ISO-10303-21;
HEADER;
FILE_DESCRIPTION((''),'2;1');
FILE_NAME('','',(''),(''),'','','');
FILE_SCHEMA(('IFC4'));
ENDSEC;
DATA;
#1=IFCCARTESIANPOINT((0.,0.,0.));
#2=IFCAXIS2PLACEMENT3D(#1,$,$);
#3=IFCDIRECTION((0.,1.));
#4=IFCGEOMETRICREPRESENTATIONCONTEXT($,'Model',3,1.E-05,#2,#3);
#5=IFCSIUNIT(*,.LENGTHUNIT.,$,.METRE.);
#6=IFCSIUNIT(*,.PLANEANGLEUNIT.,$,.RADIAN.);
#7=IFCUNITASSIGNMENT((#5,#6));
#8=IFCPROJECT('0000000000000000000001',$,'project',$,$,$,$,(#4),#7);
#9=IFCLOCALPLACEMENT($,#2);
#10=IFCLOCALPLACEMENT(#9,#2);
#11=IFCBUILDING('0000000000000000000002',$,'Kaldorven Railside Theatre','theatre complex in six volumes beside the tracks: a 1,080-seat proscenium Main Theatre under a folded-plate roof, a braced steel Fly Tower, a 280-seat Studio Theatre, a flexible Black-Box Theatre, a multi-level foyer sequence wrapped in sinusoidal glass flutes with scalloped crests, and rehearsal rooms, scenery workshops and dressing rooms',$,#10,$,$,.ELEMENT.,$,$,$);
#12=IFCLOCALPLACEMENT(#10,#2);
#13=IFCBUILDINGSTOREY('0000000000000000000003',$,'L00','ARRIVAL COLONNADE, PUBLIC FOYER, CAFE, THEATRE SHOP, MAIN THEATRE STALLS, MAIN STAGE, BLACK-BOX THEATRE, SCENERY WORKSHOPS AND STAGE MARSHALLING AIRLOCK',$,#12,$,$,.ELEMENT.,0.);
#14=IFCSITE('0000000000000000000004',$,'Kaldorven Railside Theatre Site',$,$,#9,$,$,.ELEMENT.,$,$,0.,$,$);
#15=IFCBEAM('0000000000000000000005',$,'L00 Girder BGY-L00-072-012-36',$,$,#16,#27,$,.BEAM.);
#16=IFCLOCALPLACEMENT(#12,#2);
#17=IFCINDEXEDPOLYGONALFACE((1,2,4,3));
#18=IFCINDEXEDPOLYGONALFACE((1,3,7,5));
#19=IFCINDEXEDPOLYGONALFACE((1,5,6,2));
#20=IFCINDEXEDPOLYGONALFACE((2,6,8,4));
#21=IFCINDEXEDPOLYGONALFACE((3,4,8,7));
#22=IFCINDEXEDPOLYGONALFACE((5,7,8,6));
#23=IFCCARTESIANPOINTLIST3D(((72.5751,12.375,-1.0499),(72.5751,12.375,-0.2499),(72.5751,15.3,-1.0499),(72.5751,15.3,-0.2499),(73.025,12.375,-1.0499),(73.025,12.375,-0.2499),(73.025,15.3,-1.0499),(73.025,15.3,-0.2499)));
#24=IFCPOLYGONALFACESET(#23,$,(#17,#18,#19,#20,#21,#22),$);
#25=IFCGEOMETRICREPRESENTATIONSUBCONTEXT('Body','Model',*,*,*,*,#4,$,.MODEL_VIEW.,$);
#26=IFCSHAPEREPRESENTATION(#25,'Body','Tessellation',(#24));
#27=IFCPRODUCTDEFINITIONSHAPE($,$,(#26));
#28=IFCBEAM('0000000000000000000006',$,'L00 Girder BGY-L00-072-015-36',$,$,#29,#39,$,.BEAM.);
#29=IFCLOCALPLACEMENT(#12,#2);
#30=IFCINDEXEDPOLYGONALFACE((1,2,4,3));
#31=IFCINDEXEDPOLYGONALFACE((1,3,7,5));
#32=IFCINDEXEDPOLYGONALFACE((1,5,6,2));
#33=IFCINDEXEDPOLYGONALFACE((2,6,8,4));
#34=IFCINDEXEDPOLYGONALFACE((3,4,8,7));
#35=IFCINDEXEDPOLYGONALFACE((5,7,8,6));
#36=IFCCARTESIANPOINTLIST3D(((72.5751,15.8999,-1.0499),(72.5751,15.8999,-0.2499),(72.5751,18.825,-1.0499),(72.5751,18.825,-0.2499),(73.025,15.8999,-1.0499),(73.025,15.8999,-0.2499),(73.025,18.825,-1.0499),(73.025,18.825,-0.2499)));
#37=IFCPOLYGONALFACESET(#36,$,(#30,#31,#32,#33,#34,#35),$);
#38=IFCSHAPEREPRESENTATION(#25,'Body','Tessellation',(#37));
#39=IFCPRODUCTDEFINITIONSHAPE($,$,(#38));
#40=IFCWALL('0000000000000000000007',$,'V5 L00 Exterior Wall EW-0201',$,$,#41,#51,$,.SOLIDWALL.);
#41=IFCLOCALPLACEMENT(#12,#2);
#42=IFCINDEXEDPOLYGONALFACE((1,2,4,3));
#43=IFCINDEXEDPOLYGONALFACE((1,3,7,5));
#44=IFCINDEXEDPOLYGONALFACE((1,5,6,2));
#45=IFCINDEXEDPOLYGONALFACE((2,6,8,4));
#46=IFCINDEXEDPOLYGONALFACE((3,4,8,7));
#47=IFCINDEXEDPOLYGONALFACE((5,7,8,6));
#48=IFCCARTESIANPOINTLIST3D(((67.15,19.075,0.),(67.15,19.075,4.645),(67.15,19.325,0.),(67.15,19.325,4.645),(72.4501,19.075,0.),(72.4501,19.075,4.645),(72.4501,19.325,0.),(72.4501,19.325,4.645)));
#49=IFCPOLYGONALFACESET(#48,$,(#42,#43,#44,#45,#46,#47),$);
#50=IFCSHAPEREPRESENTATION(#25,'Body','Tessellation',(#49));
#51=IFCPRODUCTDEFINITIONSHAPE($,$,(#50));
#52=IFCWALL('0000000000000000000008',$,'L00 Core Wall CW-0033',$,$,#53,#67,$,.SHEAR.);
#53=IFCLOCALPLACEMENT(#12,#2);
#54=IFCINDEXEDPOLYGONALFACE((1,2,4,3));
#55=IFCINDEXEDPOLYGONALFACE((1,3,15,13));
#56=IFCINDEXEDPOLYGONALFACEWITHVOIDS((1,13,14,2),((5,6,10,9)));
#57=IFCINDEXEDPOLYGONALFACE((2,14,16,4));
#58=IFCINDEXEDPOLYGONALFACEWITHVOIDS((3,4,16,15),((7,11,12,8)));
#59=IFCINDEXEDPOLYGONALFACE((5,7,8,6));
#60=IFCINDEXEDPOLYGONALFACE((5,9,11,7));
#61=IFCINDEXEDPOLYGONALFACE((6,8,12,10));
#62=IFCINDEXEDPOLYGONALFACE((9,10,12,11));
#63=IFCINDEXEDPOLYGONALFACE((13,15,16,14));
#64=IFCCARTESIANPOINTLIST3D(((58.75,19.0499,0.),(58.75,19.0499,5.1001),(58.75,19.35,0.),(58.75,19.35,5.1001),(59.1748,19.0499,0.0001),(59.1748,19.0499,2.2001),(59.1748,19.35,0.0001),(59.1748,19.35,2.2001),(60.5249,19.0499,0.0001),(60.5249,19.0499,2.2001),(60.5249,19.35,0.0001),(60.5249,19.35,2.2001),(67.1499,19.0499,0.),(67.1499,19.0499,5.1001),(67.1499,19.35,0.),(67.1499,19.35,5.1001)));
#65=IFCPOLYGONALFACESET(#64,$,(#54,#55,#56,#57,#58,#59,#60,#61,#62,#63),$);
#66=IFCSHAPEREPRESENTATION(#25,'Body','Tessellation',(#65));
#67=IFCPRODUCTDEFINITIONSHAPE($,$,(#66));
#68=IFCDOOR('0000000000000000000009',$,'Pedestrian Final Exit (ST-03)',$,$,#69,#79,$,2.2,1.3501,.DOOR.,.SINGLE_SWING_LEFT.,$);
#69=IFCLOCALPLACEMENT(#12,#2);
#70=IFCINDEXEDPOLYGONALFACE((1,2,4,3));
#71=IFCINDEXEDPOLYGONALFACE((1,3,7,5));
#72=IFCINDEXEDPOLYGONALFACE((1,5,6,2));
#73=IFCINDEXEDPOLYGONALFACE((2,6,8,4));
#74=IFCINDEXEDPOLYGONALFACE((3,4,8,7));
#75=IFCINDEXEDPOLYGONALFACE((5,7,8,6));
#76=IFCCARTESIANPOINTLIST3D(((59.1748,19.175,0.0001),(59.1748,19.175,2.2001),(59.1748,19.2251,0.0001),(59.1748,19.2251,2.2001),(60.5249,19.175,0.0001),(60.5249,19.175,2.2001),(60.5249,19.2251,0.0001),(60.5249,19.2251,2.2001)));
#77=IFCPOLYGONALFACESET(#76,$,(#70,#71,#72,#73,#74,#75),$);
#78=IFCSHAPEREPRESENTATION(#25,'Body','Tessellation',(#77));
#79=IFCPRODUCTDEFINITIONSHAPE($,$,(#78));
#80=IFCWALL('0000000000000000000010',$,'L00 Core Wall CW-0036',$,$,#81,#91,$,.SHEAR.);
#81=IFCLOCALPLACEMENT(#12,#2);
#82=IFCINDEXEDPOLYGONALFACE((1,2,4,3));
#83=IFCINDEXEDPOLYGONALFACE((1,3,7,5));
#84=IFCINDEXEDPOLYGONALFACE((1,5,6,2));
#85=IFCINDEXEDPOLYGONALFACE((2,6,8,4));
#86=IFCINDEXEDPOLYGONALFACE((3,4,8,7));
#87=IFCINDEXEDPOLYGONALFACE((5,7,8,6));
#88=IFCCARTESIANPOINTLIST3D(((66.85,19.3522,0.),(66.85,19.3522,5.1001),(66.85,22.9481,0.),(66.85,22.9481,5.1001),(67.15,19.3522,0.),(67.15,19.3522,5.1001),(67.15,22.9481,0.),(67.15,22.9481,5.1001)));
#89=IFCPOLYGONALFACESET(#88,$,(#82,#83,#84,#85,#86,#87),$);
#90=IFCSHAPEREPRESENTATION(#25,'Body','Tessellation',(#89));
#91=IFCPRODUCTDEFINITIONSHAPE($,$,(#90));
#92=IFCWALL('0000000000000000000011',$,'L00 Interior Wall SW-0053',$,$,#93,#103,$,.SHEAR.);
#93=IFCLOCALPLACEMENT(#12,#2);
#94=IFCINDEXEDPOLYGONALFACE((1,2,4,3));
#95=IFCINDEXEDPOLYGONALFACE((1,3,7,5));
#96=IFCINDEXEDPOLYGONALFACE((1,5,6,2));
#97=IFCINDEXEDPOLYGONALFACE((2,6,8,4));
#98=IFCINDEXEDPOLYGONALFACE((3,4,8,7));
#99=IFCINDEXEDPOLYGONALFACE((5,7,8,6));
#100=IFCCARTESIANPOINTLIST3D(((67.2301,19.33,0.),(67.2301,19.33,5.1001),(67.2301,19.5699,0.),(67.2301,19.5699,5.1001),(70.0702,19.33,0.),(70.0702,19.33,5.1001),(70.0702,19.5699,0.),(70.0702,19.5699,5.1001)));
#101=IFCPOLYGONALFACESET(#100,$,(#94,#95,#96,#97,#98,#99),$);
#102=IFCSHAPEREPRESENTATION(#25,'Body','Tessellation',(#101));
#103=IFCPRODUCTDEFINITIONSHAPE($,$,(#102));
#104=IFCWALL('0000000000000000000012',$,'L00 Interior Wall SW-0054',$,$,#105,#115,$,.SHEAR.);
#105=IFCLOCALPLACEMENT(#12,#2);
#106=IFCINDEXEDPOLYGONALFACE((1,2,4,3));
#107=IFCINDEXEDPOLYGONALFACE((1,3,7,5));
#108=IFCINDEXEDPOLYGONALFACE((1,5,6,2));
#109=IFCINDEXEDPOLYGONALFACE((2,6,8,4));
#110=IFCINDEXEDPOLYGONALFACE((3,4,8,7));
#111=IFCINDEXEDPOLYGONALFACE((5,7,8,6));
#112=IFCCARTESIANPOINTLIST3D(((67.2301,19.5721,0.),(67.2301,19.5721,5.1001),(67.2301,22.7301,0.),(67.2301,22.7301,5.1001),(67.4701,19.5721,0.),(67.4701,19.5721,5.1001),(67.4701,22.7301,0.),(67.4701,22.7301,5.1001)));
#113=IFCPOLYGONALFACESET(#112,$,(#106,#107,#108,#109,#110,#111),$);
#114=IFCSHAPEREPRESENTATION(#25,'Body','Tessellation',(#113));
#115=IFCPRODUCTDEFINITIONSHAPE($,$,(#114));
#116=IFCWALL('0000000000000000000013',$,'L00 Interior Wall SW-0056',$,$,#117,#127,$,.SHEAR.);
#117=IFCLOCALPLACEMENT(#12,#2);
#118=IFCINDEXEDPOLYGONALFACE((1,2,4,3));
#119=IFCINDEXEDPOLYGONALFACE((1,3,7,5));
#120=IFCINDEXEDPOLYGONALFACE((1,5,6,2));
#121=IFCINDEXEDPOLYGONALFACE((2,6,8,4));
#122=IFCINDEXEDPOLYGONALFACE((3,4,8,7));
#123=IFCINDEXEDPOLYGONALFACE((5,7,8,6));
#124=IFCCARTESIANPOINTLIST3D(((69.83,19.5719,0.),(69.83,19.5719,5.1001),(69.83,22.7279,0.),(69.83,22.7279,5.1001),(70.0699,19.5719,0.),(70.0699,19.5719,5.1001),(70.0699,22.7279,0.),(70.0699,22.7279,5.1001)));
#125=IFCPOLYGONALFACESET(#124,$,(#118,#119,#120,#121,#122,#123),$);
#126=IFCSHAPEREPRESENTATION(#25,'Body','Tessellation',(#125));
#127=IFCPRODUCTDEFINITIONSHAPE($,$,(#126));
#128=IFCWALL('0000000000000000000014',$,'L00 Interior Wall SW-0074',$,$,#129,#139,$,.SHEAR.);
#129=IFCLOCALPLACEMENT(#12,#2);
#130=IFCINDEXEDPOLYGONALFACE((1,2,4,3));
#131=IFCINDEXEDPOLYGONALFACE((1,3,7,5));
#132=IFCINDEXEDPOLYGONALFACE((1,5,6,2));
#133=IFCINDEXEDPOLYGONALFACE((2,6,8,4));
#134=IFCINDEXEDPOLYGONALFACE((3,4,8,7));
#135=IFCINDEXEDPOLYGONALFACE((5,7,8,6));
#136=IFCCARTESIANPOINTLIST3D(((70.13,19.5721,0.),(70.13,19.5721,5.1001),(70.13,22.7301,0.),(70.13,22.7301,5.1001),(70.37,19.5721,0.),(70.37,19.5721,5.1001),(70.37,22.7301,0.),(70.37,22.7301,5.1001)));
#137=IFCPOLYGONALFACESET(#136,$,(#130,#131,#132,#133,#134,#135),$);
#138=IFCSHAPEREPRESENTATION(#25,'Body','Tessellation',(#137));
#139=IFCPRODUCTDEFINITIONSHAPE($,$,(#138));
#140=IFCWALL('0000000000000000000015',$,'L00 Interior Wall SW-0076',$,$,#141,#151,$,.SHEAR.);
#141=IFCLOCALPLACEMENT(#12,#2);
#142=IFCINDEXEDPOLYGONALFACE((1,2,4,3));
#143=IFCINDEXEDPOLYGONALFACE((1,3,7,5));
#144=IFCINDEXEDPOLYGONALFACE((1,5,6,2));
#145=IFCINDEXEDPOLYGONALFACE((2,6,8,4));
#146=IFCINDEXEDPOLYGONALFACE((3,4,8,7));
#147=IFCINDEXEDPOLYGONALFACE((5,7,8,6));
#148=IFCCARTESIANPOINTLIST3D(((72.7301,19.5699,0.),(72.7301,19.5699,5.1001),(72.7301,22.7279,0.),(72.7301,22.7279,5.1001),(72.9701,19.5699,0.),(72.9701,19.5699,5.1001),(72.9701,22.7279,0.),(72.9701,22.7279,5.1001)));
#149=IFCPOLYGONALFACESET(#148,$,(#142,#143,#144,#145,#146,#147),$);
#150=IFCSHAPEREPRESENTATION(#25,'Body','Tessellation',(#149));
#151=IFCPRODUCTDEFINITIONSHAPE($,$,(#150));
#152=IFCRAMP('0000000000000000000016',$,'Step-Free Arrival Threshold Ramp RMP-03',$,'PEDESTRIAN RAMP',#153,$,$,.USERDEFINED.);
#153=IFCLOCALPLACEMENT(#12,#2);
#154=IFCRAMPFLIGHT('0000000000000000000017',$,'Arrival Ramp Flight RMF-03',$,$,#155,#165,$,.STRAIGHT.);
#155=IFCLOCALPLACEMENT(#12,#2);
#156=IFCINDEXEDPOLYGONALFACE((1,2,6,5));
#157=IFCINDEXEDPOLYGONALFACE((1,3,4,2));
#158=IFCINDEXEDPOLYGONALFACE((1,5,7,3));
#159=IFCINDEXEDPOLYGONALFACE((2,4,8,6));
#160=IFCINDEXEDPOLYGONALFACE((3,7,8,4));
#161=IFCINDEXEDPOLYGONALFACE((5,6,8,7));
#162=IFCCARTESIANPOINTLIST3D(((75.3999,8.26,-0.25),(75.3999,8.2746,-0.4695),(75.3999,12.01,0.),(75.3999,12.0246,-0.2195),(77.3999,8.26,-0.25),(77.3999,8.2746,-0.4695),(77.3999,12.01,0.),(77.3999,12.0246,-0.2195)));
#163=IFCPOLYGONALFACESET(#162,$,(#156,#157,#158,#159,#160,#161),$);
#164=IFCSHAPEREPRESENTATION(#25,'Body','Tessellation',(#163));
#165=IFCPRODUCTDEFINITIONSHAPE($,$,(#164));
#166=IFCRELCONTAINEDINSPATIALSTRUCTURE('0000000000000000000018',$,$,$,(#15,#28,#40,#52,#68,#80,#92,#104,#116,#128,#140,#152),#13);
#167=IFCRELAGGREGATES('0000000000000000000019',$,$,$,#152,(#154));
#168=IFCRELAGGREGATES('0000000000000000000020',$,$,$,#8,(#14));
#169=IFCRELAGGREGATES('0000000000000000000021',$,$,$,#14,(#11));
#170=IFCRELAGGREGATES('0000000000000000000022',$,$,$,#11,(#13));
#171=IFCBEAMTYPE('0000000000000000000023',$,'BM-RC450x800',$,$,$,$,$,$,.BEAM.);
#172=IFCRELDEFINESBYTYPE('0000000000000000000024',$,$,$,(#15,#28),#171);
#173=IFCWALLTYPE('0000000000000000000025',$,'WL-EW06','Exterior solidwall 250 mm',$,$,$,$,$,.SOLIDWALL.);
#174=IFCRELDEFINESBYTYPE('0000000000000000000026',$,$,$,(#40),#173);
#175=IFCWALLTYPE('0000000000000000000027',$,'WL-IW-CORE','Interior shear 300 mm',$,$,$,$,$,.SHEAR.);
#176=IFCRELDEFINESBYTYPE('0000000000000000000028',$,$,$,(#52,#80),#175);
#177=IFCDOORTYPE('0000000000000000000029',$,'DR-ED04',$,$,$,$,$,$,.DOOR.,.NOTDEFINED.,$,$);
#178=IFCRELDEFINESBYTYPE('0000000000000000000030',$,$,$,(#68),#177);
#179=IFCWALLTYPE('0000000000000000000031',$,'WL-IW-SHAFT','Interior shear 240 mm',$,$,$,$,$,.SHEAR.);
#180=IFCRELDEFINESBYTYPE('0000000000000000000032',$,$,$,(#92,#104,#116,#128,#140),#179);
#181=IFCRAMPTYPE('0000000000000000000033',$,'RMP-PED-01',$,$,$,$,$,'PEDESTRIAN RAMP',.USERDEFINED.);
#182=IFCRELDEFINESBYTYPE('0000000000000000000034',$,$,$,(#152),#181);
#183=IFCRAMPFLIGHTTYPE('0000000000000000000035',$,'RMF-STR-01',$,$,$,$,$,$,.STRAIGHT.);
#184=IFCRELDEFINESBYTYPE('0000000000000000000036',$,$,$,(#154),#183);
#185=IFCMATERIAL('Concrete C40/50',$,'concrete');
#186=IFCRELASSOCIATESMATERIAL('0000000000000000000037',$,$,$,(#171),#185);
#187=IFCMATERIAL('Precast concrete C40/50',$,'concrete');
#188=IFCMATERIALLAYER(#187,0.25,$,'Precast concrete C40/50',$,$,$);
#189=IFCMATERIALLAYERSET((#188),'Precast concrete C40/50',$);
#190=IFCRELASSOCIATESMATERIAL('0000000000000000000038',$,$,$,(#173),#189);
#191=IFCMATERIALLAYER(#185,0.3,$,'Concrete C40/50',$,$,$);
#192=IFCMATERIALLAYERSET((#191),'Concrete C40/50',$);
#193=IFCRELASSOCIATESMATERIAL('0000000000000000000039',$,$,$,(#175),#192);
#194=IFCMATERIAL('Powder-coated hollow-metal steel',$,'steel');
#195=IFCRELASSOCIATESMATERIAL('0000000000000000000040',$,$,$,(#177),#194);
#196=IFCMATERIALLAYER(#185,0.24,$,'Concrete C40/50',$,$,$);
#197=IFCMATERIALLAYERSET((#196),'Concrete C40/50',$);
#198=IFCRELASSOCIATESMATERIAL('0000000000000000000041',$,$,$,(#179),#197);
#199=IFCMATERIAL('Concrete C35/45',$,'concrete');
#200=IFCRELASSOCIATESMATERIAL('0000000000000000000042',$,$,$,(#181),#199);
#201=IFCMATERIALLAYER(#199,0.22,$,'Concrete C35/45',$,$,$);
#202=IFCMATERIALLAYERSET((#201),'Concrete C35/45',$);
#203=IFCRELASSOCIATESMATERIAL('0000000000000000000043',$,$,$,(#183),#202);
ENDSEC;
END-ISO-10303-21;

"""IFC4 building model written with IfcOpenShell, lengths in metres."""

from ifc_helpers import new_model, si_unit, direction, frame, frame_2d, origin, origin_2d, place, context, subcontext, project, spatial, polyline, rectangle, outline, extrude, material, layer, layer_set, material_profile, profile_set, type_object, element, fill, aggregate, save


model = new_model("IFC4")

# Units and contexts
model_context = context("Model", 3, precision=1e-05, world=origin(), true_north=direction((0.0, 1.0)))
body_context = subcontext(model_context, "Body", "Model", "MODEL_VIEW")
ifc_project = project(units=[si_unit("LENGTHUNIT", "METRE"), si_unit("PLANEANGLEUNIT", "RADIAN")], contexts=[model_context])

# Site, building, storey
site_placement = place(None, origin())
site = spatial("IfcSite", under=ifc_project, at=site_placement, Name="Kaldorven Railside Theatre Site", CompositionType="ELEMENT", RefElevation=0.0)
building_placement = place(site_placement, origin())
building = spatial("IfcBuilding", under=site, at=building_placement, Name="Kaldorven Railside Theatre", Description="theatre complex in six volumes beside the tracks: a 1,080-seat proscenium Main Theatre under a folded-plate roof, a braced steel Fly Tower, a 280-seat Studio Theatre, a flexible Black-Box Theatre, a multi-level foyer sequence wrapped in sinusoidal glass flutes with scalloped crests, and rehearsal rooms, scenery workshops and dressing rooms", CompositionType="ELEMENT")
storey_placement = place(building_placement, origin())
storey = spatial("IfcBuildingStorey", under=building, at=storey_placement, Name="L00", Description="ARRIVAL COLONNADE, PUBLIC FOYER, CAFE, THEATRE SHOP, MAIN THEATRE STALLS, MAIN STAGE, BLACK-BOX THEATRE, SCENERY WORKSHOPS AND STAGE MARSHALLING AIRLOCK", CompositionType="ELEMENT", Elevation=0.0)

# Shared definitions
ifc_material_1 = material(Name="Concrete C40/50", Category="concrete")

# Beams
ifc_material_profile_1 = material_profile(ifc_material_1, rectangle(XDim=0.45, YDim=0.8, at=origin_2d()), Name="RC 450x800")
ifc_profile_set_1 = profile_set([ifc_material_profile_1], Name="Concrete C40/50")
beam_type_1 = type_object("IfcBeamType", Name="BM-RC450x800", PredefinedType="BEAM", material=ifc_profile_set_1)
for number, where, z_axis, x_axis, name in (
    (1, (72.8, 12.375, -0.6499), (0.0, 1.0, 0.0), (-1.0, 0.0, 0.0), "L00 Girder BGY-L00-072-012-36"),
    (2, (72.8, 15.8999, -0.6499), (0.0, 1.0, 0.0), (-1.0, 0.0, 0.0), "L00 Girder BGY-L00-072-015-36"),
):
    element("IfcBeam", number, at=place(storey_placement, frame(where, z_axis=z_axis, x_axis=x_axis)), inside=storey, type_object=beam_type_1, Name=name, PredefinedType="BEAM", context=body_context, shape_type="SweptSolid", body=[
        extrude(rectangle(XDim=0.45, YDim=0.8, at=origin_2d()), origin(), (0.0, 0.0, 1.0), 2.925),
    ])

# Wall
ifc_material_2 = material(Name="Precast concrete C40/50", Category="concrete")
ifc_layer_1 = layer(ifc_material_2, 0.25, Name="Precast concrete C40/50")
ifc_layer_set_1 = layer_set([ifc_layer_1], Name="Precast concrete C40/50")
wall_type_1 = type_object("IfcWallType", Name="WL-EW06", Description="Exterior solidwall 250 mm", PredefinedType="SOLIDWALL", material=ifc_layer_set_1)
wall_1_placement = place(storey_placement, frame((72.45, 19.2, 0.0), z_axis=(0.0, 0.0, 1.0), x_axis=(-1.0, 0.0, 0.0)))
element("IfcWall", 3, at=wall_1_placement, inside=storey, type_object=wall_type_1, Name="V5 L00 Exterior Wall EW-0201", PredefinedType="SOLIDWALL", context=body_context, shape_type="SweptSolid", body=[
    extrude(rectangle(XDim=5.3, YDim=0.25, at=frame_2d((2.6499, 0.0))), origin(), (0.0, 0.0, 1.0), 4.645),
])

# Wall, opening, door
ifc_layer_2 = layer(ifc_material_1, 0.3, Name="Concrete C40/50")
ifc_layer_set_2 = layer_set([ifc_layer_2], Name="Concrete C40/50")
wall_type_2 = type_object("IfcWallType", Name="WL-IW-CORE", Description="Interior shear 300 mm", PredefinedType="SHEAR", material=ifc_layer_set_2)
wall_2_placement = place(storey_placement, frame((67.1499, 19.2, 0.0), z_axis=(0.0, 0.0, 1.0), x_axis=(-1.0, 0.0, 0.0)))
wall_2 = element("IfcWall", 4, at=wall_2_placement, inside=storey, type_object=wall_type_2, Name="L00 Core Wall CW-0033", PredefinedType="SHEAR", context=body_context, shape_type="SweptSolid", body=[
    extrude(rectangle(XDim=8.3999, YDim=0.3, at=frame_2d((4.2, 0.0))), origin(), (0.0, 0.0, 1.0), 5.1001),
])
opening_1_placement = place(wall_2_placement, frame((6.625, 0.0, 0.0)))
opening_1 = element("IfcOpeningElement", 5, at=opening_1_placement, cuts=wall_2, PredefinedType="OPENING", context=body_context, shape_type="SweptSolid", body=[
    extrude(rectangle(XDim=1.3501, YDim=2.2, at=frame_2d((0.675, 1.1001))), frame((0.0, 0.1602, 0.0), z_axis=(0.0, -1.0, 0.0), x_axis=(1.0, 0.0, 0.0)), (0.0, 0.0, 1.0), 0.3201),
])
ifc_material_3 = material(Name="Powder-coated hollow-metal steel", Category="steel")
door_type_1 = type_object("IfcDoorType", Name="DR-ED04", OperationType="NOTDEFINED", PredefinedType="DOOR", material=ifc_material_3)
door_1_placement = place(opening_1_placement, origin())
door_1 = element("IfcDoor", 6, at=door_1_placement, inside=storey, type_object=door_type_1, Name="Pedestrian Final Exit (ST-03)", OperationType="SINGLE_SWING_LEFT", OverallHeight=2.2, OverallWidth=1.3501, PredefinedType="DOOR", context=body_context, shape_type="SweptSolid", body=[
    extrude(rectangle(XDim=1.3501, YDim=2.2, at=frame_2d((0.675, 1.1001))), frame((0.0, 0.0249, 0.0), z_axis=(0.0, -1.0, 0.0), x_axis=(1.0, 0.0, 0.0)), (0.0, 0.0, 1.0), 0.05),
])
fill(opening_1, door_1)

# Walls
wall_3_placement = place(storey_placement, frame((67.0, 22.948, 0.0), z_axis=(0.0, 0.0, 1.0), x_axis=(0.0, -1.0, 0.0)))
element("IfcWall", 7, at=wall_3_placement, inside=storey, type_object=wall_type_2, Name="L00 Core Wall CW-0036", PredefinedType="SHEAR", context=body_context, shape_type="SweptSolid", body=[
    extrude(rectangle(XDim=3.5959, YDim=0.3, at=frame_2d((1.7979, 0.0))), origin(), (0.0, 0.0, 1.0), 5.1001),
])
ifc_layer_3 = layer(ifc_material_1, 0.24, Name="Concrete C40/50")
ifc_layer_set_3 = layer_set([ifc_layer_3], Name="Concrete C40/50")
wall_type_3 = type_object("IfcWallType", Name="WL-IW-SHAFT", Description="Interior shear 240 mm", PredefinedType="SHEAR", material=ifc_layer_set_3)
wall_4_placement = place(storey_placement, frame((70.0701, 19.45, 0.0), z_axis=(0.0, 0.0, 1.0), x_axis=(-1.0, 0.0, 0.0)))
element("IfcWall", 8, at=wall_4_placement, inside=storey, type_object=wall_type_3, Name="L00 Interior Wall SW-0053", PredefinedType="SHEAR", context=body_context, shape_type="SweptSolid", body=[
    extrude(rectangle(XDim=2.8401, YDim=0.24, at=frame_2d((1.4199, 0.0))), origin(), (0.0, 0.0, 1.0), 5.1001),
])
wall_5_placement = place(storey_placement, frame((67.3501, 19.572, 0.0), z_axis=(0.0, 0.0, 1.0), x_axis=(0.0, 1.0, 0.0)))
element("IfcWall", 9, at=wall_5_placement, inside=storey, type_object=wall_type_3, Name="L00 Interior Wall SW-0054", PredefinedType="SHEAR", context=body_context, shape_type="SweptSolid", body=[
    extrude(rectangle(XDim=3.158, YDim=0.24, at=frame_2d((1.5791, 0.0))), origin(), (0.0, 0.0, 1.0), 5.1001),
])

# Walls
wall_6_placement = place(storey_placement, frame((69.95, 22.728, 0.0), z_axis=(0.0, 0.0, 1.0), x_axis=(0.0, -1.0, 0.0)))
element("IfcWall", 10, at=wall_6_placement, inside=storey, type_object=wall_type_3, Name="L00 Interior Wall SW-0056", PredefinedType="SHEAR", context=body_context, shape_type="SweptSolid", body=[
    extrude(rectangle(XDim=3.156, YDim=0.24, at=frame_2d((1.5781, 0.0))), origin(), (0.0, 0.0, 1.0), 5.1001),
])
wall_7_placement = place(storey_placement, frame((70.25, 19.572, 0.0), z_axis=(0.0, 0.0, 1.0), x_axis=(0.0, 1.0, 0.0)))
element("IfcWall", 11, at=wall_7_placement, inside=storey, type_object=wall_type_3, Name="L00 Interior Wall SW-0074", PredefinedType="SHEAR", context=body_context, shape_type="SweptSolid", body=[
    extrude(rectangle(XDim=3.158, YDim=0.24, at=frame_2d((1.5791, 0.0))), origin(), (0.0, 0.0, 1.0), 5.1001),
])

# Wall
wall_8_placement = place(storey_placement, frame((72.8501, 22.728, 0.0), z_axis=(0.0, 0.0, 1.0), x_axis=(0.0, -1.0, 0.0)))
element("IfcWall", 12, at=wall_8_placement, inside=storey, type_object=wall_type_3, Name="L00 Interior Wall SW-0076", PredefinedType="SHEAR", context=body_context, shape_type="SweptSolid", body=[
    extrude(rectangle(XDim=3.158, YDim=0.24, at=frame_2d((1.5791, 0.0))), origin(), (0.0, 0.0, 1.0), 5.1001),
])

# Ramp, ramp flight
ifc_material_4 = material(Name="Concrete C35/45", Category="concrete")
ramp_type = type_object("IfcRampType", Name="RMP-PED-01", ElementType="PEDESTRIAN RAMP", PredefinedType="USERDEFINED", material=ifc_material_4)
ramp_placement = place(storey_placement, origin())
ramp = element("IfcRamp", 13, at=ramp_placement, inside=storey, type_object=ramp_type, Name="Step-Free Arrival Threshold Ramp RMP-03", ObjectType="PEDESTRIAN RAMP", PredefinedType="USERDEFINED")
ifc_layer_4 = layer(ifc_material_4, 0.22, Name="Concrete C35/45")
ifc_layer_set_4 = layer_set([ifc_layer_4], Name="Concrete C35/45")
ramp_flight_type = type_object("IfcRampFlightType", Name="RMF-STR-01", PredefinedType="STRAIGHT", material=ifc_layer_set_4)
ramp_flight_placement = place(storey_placement, frame((75.3999, 8.26, -0.25), z_axis=(0.0, -0.066519, 0.997785), x_axis=(1.0, 0.0, 0.0)))
ramp_flight = element("IfcRampFlight", 14, at=ramp_flight_placement, type_object=ramp_flight_type, Name="Arrival Ramp Flight RMF-03", PredefinedType="STRAIGHT", context=body_context, shape_type="SweptSolid", body=[
    extrude(outline(polyline([(0.0, 0.0), (2.0, 0.0), (2.0, 3.7583), (0.0, 3.7583), (0.0, 0.0)])), origin(), (0.0, 0.0, -1.0), 0.22),
])
aggregate(ramp, [ramp_flight])

save(model, "model.ifc")
